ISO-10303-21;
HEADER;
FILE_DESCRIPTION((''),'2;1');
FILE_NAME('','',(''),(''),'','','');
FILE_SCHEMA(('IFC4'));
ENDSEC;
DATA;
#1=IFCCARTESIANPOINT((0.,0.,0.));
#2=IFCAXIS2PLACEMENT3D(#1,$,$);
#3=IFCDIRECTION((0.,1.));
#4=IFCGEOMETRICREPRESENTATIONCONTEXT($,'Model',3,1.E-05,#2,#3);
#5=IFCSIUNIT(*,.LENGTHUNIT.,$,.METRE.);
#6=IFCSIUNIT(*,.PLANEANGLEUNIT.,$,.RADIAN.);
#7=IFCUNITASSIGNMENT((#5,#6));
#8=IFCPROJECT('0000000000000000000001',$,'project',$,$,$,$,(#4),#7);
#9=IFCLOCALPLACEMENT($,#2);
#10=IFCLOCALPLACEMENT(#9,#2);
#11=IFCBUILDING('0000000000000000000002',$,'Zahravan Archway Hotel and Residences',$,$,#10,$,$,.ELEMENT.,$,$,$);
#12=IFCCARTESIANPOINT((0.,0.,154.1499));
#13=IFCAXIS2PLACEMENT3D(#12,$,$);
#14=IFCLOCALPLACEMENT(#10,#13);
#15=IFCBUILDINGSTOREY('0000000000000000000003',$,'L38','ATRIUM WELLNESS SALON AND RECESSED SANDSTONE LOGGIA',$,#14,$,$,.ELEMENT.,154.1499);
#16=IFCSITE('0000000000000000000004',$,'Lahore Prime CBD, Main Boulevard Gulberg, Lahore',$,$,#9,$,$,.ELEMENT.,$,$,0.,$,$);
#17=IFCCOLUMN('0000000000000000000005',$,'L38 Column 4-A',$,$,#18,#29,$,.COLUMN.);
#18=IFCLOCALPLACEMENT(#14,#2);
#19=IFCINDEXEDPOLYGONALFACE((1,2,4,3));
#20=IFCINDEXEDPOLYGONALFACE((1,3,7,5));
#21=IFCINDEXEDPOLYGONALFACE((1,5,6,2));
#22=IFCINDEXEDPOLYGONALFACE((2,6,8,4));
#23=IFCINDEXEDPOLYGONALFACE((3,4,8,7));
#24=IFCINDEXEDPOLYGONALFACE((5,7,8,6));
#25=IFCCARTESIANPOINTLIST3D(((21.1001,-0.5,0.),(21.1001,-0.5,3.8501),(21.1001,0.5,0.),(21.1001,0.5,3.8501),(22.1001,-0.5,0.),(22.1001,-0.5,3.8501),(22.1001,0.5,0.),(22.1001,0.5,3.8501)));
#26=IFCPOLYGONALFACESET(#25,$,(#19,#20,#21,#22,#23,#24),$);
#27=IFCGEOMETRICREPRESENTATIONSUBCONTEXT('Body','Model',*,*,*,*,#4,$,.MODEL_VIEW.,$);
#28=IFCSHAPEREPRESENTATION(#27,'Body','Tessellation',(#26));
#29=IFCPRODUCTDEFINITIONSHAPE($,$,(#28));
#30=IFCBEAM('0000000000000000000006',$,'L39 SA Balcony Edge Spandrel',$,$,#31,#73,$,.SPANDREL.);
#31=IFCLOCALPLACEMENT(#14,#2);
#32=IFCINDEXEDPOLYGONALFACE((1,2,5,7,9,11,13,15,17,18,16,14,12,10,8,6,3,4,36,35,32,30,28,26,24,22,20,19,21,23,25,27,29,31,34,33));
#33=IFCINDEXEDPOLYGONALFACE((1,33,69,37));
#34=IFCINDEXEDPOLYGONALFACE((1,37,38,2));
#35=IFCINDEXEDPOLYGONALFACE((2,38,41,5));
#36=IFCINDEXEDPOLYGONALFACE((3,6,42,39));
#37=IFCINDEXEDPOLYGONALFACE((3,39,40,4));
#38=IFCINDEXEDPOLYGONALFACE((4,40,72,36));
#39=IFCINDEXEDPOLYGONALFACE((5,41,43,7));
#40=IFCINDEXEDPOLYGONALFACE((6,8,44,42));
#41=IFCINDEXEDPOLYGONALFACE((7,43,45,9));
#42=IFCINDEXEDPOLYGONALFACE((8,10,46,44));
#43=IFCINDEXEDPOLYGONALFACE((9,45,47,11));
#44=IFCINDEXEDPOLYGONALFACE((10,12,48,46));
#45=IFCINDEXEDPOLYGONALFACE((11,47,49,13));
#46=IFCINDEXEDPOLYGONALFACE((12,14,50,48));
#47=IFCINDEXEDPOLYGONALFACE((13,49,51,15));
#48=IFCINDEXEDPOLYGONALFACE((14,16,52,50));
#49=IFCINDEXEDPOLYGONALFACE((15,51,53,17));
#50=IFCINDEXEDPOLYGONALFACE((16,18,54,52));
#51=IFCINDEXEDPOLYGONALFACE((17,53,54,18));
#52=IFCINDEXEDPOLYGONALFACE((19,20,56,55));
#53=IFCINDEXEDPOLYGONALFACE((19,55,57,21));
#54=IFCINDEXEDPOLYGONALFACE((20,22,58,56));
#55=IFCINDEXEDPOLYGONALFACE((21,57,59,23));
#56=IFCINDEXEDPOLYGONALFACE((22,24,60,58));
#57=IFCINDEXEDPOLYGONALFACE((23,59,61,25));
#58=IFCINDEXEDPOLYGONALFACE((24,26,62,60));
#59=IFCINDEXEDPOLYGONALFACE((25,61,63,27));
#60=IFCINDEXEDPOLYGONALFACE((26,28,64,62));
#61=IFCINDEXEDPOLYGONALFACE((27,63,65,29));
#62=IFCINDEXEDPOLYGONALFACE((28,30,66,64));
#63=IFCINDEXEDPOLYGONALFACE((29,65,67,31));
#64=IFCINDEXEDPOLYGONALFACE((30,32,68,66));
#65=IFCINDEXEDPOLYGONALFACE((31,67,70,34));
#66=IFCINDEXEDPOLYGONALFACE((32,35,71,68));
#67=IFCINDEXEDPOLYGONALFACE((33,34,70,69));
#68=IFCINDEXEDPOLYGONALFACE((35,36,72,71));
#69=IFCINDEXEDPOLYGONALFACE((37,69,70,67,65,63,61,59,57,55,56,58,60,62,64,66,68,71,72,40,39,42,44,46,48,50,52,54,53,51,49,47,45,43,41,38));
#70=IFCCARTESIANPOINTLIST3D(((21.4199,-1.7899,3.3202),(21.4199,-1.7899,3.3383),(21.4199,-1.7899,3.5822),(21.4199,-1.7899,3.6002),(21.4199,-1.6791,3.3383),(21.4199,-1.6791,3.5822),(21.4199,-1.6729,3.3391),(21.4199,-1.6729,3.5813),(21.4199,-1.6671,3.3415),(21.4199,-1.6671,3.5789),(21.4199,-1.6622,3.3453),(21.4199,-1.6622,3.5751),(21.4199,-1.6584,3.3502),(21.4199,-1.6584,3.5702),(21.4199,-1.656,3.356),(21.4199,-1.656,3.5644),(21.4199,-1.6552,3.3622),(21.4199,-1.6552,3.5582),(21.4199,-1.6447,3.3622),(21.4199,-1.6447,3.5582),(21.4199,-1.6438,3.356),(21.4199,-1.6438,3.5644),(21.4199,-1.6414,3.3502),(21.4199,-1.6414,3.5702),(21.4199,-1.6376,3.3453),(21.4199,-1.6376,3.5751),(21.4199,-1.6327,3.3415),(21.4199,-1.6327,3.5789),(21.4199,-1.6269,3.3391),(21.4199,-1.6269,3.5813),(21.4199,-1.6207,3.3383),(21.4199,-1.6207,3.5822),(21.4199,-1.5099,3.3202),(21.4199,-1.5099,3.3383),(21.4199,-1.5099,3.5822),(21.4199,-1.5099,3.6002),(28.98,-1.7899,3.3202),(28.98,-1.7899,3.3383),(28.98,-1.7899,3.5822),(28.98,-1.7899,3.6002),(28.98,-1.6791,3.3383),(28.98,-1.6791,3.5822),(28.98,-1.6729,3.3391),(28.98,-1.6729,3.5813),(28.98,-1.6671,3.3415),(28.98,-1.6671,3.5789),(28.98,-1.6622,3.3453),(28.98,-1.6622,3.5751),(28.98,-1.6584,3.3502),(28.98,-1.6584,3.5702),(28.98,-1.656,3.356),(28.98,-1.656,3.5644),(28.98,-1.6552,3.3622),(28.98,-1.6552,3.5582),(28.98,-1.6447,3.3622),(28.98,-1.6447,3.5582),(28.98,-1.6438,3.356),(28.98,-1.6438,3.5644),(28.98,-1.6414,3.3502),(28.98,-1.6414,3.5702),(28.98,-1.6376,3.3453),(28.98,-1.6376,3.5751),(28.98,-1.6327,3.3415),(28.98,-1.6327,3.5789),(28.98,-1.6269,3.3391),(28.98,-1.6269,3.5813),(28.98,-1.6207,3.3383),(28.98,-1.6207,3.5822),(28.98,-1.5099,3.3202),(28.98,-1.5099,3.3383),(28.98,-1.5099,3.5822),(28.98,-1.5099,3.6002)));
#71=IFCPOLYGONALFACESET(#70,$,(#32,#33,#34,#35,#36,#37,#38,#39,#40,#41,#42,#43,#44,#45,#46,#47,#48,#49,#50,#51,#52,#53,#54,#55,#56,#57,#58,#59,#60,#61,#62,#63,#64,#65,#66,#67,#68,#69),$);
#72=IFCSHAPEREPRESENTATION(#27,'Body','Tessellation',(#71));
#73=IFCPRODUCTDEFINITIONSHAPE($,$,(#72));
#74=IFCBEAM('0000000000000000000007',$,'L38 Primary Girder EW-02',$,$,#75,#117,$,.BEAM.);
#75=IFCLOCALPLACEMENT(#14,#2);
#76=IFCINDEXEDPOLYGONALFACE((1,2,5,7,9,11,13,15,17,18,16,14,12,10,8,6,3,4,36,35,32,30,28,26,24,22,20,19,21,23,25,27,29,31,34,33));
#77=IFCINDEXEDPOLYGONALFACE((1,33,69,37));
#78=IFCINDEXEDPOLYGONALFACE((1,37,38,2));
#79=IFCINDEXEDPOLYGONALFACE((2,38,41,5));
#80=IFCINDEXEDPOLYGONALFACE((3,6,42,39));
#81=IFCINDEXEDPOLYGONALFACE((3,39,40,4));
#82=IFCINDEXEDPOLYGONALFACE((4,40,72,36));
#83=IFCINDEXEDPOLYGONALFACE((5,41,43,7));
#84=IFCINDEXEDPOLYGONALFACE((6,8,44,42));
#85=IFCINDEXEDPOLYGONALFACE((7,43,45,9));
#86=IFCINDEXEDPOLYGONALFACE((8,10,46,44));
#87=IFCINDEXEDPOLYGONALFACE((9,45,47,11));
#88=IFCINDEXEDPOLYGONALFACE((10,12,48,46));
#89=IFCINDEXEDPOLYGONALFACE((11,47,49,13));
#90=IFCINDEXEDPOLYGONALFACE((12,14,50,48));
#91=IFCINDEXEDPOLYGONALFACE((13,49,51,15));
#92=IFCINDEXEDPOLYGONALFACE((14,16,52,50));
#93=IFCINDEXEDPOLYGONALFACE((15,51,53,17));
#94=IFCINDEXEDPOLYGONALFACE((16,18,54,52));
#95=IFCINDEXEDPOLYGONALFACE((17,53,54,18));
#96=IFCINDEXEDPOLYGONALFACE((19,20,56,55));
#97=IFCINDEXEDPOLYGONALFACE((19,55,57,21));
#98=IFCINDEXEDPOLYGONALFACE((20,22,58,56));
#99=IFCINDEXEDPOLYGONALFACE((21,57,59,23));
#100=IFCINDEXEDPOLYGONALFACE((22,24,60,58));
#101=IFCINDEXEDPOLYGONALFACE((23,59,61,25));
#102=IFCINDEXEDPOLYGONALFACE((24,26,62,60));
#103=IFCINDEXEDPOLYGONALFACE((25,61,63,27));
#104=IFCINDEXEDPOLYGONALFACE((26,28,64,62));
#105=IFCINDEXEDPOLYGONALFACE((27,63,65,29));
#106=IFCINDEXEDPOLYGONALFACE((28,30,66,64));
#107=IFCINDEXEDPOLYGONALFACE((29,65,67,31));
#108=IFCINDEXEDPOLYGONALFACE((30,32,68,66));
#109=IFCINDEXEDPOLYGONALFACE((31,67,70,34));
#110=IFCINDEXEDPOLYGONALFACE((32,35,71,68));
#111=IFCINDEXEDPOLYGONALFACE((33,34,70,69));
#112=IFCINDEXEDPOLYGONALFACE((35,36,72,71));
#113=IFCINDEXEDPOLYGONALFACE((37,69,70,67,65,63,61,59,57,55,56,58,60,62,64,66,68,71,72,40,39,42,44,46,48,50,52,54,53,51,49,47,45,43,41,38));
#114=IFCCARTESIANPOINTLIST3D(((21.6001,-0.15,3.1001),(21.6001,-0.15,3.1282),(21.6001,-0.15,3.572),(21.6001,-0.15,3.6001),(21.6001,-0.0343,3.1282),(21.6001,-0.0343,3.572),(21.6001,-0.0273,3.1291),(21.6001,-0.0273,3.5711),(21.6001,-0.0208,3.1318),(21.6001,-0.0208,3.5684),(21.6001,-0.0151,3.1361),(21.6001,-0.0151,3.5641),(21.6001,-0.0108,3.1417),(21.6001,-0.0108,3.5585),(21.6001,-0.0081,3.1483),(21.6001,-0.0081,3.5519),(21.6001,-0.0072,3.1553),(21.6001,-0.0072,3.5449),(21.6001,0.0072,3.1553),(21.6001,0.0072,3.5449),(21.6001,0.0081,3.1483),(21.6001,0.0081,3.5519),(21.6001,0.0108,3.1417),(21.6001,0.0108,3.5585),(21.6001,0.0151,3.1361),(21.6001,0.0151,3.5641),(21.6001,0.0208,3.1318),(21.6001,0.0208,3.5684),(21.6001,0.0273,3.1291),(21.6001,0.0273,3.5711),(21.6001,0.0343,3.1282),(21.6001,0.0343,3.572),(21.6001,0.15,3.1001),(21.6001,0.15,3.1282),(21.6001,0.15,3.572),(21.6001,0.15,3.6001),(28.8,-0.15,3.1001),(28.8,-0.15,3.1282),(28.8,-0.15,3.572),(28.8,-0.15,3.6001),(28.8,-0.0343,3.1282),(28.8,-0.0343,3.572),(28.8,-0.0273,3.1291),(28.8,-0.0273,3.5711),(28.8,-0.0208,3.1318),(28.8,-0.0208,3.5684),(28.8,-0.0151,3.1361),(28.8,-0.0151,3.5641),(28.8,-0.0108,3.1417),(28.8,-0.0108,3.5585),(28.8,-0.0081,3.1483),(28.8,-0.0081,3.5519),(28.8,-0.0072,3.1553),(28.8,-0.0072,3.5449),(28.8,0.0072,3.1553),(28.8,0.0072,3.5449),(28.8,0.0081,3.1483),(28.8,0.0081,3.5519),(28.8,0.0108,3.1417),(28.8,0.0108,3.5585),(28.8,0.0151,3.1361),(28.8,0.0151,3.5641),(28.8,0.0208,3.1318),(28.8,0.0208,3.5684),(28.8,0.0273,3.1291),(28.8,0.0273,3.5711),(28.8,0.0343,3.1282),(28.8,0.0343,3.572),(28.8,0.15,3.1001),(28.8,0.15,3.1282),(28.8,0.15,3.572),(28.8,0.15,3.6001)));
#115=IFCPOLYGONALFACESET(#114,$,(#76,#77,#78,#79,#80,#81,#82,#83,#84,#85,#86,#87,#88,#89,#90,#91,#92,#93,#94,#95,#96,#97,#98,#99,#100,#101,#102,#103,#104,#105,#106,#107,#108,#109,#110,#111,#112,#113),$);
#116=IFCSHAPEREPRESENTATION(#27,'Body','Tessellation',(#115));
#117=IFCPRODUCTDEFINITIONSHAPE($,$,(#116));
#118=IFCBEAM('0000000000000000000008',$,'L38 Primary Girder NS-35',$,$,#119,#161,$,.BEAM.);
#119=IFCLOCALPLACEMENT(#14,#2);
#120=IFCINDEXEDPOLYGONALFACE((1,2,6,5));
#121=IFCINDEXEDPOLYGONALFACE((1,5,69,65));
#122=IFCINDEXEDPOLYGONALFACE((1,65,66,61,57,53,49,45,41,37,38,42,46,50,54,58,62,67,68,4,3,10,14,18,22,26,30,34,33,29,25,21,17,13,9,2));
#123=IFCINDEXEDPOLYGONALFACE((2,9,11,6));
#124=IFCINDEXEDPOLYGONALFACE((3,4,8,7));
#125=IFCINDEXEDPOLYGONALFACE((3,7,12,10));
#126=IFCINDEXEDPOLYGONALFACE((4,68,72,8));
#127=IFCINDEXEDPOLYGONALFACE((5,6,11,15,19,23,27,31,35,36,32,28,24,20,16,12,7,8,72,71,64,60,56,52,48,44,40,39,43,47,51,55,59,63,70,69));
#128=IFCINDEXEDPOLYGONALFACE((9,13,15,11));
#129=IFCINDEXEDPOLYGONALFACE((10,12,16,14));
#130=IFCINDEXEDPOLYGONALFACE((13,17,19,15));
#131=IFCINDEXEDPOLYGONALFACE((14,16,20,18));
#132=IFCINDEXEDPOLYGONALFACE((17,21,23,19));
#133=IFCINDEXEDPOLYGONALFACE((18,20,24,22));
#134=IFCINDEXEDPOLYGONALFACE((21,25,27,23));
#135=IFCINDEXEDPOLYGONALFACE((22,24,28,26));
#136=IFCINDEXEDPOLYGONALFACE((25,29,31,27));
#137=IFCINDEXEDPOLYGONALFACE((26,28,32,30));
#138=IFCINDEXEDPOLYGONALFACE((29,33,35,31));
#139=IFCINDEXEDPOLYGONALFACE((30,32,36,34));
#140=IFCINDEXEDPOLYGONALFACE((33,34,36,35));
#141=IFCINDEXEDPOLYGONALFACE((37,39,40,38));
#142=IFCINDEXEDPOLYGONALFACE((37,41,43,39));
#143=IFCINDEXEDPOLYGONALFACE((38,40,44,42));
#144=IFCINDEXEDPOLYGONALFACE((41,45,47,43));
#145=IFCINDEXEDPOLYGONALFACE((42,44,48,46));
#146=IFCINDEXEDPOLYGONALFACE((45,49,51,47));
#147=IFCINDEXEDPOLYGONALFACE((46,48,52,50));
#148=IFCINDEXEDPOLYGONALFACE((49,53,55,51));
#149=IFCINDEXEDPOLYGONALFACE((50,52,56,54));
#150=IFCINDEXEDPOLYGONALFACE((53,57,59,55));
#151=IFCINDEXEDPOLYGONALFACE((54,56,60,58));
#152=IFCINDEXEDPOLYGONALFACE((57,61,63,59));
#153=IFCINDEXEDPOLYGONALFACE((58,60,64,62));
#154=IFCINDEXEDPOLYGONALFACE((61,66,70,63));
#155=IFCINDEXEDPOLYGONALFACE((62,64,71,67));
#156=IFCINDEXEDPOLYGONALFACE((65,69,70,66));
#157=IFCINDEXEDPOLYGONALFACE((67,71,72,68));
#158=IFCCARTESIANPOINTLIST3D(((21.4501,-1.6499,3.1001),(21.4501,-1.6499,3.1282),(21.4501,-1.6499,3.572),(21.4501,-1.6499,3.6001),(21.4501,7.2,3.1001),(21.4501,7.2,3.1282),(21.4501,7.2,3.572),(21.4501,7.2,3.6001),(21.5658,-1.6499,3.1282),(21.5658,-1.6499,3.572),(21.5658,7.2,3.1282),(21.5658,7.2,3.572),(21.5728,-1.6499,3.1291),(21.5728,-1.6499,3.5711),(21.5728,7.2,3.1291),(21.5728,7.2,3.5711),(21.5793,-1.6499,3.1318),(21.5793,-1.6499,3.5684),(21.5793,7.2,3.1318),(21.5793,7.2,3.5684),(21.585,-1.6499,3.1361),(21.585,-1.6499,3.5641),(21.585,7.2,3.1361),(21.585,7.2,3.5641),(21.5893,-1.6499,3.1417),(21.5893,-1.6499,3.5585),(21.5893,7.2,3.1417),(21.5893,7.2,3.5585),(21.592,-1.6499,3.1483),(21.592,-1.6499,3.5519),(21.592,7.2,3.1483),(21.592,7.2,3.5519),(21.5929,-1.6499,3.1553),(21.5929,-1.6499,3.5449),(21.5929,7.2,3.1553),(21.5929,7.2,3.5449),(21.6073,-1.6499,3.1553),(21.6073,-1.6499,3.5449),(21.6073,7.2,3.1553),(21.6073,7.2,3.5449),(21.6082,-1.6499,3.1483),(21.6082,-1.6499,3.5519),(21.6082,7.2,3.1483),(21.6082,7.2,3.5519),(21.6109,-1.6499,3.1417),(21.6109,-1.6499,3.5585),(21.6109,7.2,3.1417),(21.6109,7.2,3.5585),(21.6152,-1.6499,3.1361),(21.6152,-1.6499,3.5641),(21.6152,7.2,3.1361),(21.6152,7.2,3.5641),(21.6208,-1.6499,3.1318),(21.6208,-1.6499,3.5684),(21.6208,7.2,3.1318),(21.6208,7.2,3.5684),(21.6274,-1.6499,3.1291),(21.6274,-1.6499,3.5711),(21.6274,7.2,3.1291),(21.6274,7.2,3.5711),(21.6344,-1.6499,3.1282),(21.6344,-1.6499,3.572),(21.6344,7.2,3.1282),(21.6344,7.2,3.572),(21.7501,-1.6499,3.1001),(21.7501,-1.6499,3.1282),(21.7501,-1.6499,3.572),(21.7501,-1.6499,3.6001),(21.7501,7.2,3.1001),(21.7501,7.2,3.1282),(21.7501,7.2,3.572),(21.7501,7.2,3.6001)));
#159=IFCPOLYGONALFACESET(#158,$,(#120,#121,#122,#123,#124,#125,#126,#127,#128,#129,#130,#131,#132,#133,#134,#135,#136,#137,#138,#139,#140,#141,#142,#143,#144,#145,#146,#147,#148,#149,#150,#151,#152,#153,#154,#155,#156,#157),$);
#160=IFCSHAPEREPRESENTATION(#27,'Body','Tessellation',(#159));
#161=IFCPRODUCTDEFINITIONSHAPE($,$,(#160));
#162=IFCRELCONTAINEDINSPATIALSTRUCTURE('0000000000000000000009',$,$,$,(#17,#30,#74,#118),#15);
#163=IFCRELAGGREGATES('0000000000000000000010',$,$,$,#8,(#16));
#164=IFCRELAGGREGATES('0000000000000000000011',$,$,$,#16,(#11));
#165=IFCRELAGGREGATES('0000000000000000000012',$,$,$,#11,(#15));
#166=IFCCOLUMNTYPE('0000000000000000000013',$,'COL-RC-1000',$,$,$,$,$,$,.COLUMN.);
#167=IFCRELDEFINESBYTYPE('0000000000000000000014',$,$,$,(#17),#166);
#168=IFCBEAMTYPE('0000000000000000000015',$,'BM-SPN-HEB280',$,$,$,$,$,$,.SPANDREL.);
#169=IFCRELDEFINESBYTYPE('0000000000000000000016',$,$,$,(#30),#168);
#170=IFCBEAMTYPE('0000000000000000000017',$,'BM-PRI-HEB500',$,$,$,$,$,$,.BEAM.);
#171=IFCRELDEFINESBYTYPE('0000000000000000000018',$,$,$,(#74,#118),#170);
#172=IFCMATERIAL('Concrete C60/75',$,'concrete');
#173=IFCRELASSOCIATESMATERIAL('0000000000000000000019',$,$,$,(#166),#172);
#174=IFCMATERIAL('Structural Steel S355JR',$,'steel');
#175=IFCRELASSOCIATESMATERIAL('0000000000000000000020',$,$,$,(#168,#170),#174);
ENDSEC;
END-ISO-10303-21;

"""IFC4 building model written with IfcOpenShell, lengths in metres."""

from ifc_helpers import new_model, si_unit, direction, frame, origin, origin_2d, place, context, subcontext, project, spatial, rectangle, i_section, extrude, source, transform, mapped, material, material_profile, profile_set, type_object, type_shapes, element, save


model = new_model("IFC4")

# Units and contexts
model_context = context("Model", 3, precision=1e-05, world=origin(), true_north=direction((0.0, 1.0)))
body_context = subcontext(model_context, "Body", "Model", "MODEL_VIEW")
ifc_project = project(units=[si_unit("LENGTHUNIT", "METRE"), si_unit("PLANEANGLEUNIT", "RADIAN")], contexts=[model_context])

# Site, building, storey
site_placement = place(None, origin())
site = spatial("IfcSite", under=ifc_project, at=site_placement, Name="Lahore Prime CBD, Main Boulevard Gulberg, Lahore", CompositionType="ELEMENT", RefElevation=0.0)
building_placement = place(site_placement, origin())
building = spatial("IfcBuilding", under=site, at=building_placement, Name="Zahravan Archway Hotel and Residences", CompositionType="ELEMENT")
storey_placement = place(building_placement, frame((0.0, 0.0, 154.1499)))
storey = spatial("IfcBuildingStorey", under=building, at=storey_placement, Name="L38", Description="ATRIUM WELLNESS SALON AND RECESSED SANDSTONE LOGGIA", CompositionType="ELEMENT", Elevation=154.1499)

# Column
ifc_material_1 = material(Name="Concrete C60/75", Category="concrete")
ifc_material_profile_1 = material_profile(ifc_material_1, rectangle(XDim=1.0, YDim=1.0, at=origin_2d()), Name="RC-COL-1000x1000", Category="concrete")
ifc_profile_set_1 = profile_set([ifc_material_profile_1], Name="Concrete C60/75")
column_type = type_object("IfcColumnType", Name="COL-RC-1000", PredefinedType="COLUMN", material=ifc_profile_set_1)
shared_shape_1 = source(origin(), body_context, "Body", "SweptSolid", [
    extrude(rectangle(XDim=1.0, YDim=1.0, at=origin_2d()), origin(), (0.0, 0.0, 1.0), 3.8501),
])
column_placement = place(storey_placement, frame((21.6001, 0.0, 0.0), z_axis=(0.0, 0.0, 1.0), x_axis=(1.0, 0.0, 0.0)))
element("IfcColumn", 1, at=column_placement, inside=storey, type_object=column_type, Name="L38 Column 4-A", PredefinedType="COLUMN", context=body_context, shape_type="MappedRepresentation", body=[
    mapped(shared_shape_1, transform((0.0, 0.0, 0.0), scale=1.0)),
])

# Beams
ifc_material_2 = material(Name="Structural Steel S355JR", Category="steel")
ifc_material_profile_2 = material_profile(ifc_material_2, i_section(OverallWidth=0.28, OverallDepth=0.28, WebThickness=0.0105, FlangeThickness=0.0181, FilletRadius=0.0239, at=origin_2d()), Name="HEB 280", Category="steel")
ifc_profile_set_2 = profile_set([ifc_material_profile_2], Name="Structural Steel S355JR")
beam_type_1 = type_object("IfcBeamType", Name="BM-SPN-HEB280", PredefinedType="SPANDREL", material=ifc_profile_set_2)
shared_shape_2 = source(origin(), body_context, "Body", "SweptSolid", [
    extrude(i_section(OverallWidth=0.28, OverallDepth=0.28, WebThickness=0.0105, FlangeThickness=0.0181, FilletRadius=0.0239, at=origin_2d()), origin(), (0.0, 0.0, 1.0), 7.5601),
])
type_shapes(beam_type_1, [shared_shape_2])
beam_1_placement = place(storey_placement, frame((21.4199, -1.6499, 3.4602), z_axis=(1.0, 0.0, 0.0), x_axis=(0.0, 1.0, 0.0)))
element("IfcBeam", 2, at=beam_1_placement, inside=storey, type_object=beam_type_1, Name="L39 SA Balcony Edge Spandrel", PredefinedType="SPANDREL", context=body_context, shape_type="MappedRepresentation", body=[
    mapped(shared_shape_2, transform((0.0, 0.0, 0.0), scale=1.0)),
])
ifc_material_profile_3 = material_profile(ifc_material_2, i_section(OverallWidth=0.3, OverallDepth=0.5, WebThickness=0.0144, FlangeThickness=0.0281, FilletRadius=0.0271, at=origin_2d()), Name="HEB 500", Category="steel")
ifc_profile_set_3 = profile_set([ifc_material_profile_3], Name="Structural Steel S355JR")
beam_type_2 = type_object("IfcBeamType", Name="BM-PRI-HEB500", PredefinedType="BEAM", material=ifc_profile_set_3)
shared_shape_3 = source(origin(), body_context, "Body", "SweptSolid", [
    extrude(i_section(OverallWidth=0.3, OverallDepth=0.5, WebThickness=0.0144, FlangeThickness=0.0281, FilletRadius=0.0271, at=origin_2d()), origin(), (0.0, 0.0, 1.0), 7.2),
])
beam_2_placement = place(storey_placement, frame((21.6001, 0.0, 3.3501), z_axis=(1.0, 0.0, 0.0), x_axis=(0.0, 1.0, 0.0)))
element("IfcBeam", 3, at=beam_2_placement, inside=storey, type_object=beam_type_2, Name="L38 Primary Girder EW-02", PredefinedType="BEAM", context=body_context, shape_type="MappedRepresentation", body=[
    mapped(shared_shape_3, transform((0.0, 0.0, 0.0), scale=1.0)),
])
shared_shape_4 = source(origin(), body_context, "Body", "SweptSolid", [
    extrude(i_section(OverallWidth=0.3, OverallDepth=0.5, WebThickness=0.0144, FlangeThickness=0.0281, FilletRadius=0.0271, at=origin_2d()), origin(), (0.0, 0.0, 1.0), 8.8499),
])
beam_3_placement = place(storey_placement, frame((21.6001, -1.6499, 3.3501), z_axis=(0.0, 1.0, 0.0), x_axis=(-1.0, 0.0, 0.0)))
element("IfcBeam", 4, at=beam_3_placement, inside=storey, type_object=beam_type_2, Name="L38 Primary Girder NS-35", PredefinedType="BEAM", context=body_context, shape_type="MappedRepresentation", body=[
    mapped(shared_shape_4, transform((0.0, 0.0, 0.0), scale=1.0)),
])

save(model, "model.ifc")
